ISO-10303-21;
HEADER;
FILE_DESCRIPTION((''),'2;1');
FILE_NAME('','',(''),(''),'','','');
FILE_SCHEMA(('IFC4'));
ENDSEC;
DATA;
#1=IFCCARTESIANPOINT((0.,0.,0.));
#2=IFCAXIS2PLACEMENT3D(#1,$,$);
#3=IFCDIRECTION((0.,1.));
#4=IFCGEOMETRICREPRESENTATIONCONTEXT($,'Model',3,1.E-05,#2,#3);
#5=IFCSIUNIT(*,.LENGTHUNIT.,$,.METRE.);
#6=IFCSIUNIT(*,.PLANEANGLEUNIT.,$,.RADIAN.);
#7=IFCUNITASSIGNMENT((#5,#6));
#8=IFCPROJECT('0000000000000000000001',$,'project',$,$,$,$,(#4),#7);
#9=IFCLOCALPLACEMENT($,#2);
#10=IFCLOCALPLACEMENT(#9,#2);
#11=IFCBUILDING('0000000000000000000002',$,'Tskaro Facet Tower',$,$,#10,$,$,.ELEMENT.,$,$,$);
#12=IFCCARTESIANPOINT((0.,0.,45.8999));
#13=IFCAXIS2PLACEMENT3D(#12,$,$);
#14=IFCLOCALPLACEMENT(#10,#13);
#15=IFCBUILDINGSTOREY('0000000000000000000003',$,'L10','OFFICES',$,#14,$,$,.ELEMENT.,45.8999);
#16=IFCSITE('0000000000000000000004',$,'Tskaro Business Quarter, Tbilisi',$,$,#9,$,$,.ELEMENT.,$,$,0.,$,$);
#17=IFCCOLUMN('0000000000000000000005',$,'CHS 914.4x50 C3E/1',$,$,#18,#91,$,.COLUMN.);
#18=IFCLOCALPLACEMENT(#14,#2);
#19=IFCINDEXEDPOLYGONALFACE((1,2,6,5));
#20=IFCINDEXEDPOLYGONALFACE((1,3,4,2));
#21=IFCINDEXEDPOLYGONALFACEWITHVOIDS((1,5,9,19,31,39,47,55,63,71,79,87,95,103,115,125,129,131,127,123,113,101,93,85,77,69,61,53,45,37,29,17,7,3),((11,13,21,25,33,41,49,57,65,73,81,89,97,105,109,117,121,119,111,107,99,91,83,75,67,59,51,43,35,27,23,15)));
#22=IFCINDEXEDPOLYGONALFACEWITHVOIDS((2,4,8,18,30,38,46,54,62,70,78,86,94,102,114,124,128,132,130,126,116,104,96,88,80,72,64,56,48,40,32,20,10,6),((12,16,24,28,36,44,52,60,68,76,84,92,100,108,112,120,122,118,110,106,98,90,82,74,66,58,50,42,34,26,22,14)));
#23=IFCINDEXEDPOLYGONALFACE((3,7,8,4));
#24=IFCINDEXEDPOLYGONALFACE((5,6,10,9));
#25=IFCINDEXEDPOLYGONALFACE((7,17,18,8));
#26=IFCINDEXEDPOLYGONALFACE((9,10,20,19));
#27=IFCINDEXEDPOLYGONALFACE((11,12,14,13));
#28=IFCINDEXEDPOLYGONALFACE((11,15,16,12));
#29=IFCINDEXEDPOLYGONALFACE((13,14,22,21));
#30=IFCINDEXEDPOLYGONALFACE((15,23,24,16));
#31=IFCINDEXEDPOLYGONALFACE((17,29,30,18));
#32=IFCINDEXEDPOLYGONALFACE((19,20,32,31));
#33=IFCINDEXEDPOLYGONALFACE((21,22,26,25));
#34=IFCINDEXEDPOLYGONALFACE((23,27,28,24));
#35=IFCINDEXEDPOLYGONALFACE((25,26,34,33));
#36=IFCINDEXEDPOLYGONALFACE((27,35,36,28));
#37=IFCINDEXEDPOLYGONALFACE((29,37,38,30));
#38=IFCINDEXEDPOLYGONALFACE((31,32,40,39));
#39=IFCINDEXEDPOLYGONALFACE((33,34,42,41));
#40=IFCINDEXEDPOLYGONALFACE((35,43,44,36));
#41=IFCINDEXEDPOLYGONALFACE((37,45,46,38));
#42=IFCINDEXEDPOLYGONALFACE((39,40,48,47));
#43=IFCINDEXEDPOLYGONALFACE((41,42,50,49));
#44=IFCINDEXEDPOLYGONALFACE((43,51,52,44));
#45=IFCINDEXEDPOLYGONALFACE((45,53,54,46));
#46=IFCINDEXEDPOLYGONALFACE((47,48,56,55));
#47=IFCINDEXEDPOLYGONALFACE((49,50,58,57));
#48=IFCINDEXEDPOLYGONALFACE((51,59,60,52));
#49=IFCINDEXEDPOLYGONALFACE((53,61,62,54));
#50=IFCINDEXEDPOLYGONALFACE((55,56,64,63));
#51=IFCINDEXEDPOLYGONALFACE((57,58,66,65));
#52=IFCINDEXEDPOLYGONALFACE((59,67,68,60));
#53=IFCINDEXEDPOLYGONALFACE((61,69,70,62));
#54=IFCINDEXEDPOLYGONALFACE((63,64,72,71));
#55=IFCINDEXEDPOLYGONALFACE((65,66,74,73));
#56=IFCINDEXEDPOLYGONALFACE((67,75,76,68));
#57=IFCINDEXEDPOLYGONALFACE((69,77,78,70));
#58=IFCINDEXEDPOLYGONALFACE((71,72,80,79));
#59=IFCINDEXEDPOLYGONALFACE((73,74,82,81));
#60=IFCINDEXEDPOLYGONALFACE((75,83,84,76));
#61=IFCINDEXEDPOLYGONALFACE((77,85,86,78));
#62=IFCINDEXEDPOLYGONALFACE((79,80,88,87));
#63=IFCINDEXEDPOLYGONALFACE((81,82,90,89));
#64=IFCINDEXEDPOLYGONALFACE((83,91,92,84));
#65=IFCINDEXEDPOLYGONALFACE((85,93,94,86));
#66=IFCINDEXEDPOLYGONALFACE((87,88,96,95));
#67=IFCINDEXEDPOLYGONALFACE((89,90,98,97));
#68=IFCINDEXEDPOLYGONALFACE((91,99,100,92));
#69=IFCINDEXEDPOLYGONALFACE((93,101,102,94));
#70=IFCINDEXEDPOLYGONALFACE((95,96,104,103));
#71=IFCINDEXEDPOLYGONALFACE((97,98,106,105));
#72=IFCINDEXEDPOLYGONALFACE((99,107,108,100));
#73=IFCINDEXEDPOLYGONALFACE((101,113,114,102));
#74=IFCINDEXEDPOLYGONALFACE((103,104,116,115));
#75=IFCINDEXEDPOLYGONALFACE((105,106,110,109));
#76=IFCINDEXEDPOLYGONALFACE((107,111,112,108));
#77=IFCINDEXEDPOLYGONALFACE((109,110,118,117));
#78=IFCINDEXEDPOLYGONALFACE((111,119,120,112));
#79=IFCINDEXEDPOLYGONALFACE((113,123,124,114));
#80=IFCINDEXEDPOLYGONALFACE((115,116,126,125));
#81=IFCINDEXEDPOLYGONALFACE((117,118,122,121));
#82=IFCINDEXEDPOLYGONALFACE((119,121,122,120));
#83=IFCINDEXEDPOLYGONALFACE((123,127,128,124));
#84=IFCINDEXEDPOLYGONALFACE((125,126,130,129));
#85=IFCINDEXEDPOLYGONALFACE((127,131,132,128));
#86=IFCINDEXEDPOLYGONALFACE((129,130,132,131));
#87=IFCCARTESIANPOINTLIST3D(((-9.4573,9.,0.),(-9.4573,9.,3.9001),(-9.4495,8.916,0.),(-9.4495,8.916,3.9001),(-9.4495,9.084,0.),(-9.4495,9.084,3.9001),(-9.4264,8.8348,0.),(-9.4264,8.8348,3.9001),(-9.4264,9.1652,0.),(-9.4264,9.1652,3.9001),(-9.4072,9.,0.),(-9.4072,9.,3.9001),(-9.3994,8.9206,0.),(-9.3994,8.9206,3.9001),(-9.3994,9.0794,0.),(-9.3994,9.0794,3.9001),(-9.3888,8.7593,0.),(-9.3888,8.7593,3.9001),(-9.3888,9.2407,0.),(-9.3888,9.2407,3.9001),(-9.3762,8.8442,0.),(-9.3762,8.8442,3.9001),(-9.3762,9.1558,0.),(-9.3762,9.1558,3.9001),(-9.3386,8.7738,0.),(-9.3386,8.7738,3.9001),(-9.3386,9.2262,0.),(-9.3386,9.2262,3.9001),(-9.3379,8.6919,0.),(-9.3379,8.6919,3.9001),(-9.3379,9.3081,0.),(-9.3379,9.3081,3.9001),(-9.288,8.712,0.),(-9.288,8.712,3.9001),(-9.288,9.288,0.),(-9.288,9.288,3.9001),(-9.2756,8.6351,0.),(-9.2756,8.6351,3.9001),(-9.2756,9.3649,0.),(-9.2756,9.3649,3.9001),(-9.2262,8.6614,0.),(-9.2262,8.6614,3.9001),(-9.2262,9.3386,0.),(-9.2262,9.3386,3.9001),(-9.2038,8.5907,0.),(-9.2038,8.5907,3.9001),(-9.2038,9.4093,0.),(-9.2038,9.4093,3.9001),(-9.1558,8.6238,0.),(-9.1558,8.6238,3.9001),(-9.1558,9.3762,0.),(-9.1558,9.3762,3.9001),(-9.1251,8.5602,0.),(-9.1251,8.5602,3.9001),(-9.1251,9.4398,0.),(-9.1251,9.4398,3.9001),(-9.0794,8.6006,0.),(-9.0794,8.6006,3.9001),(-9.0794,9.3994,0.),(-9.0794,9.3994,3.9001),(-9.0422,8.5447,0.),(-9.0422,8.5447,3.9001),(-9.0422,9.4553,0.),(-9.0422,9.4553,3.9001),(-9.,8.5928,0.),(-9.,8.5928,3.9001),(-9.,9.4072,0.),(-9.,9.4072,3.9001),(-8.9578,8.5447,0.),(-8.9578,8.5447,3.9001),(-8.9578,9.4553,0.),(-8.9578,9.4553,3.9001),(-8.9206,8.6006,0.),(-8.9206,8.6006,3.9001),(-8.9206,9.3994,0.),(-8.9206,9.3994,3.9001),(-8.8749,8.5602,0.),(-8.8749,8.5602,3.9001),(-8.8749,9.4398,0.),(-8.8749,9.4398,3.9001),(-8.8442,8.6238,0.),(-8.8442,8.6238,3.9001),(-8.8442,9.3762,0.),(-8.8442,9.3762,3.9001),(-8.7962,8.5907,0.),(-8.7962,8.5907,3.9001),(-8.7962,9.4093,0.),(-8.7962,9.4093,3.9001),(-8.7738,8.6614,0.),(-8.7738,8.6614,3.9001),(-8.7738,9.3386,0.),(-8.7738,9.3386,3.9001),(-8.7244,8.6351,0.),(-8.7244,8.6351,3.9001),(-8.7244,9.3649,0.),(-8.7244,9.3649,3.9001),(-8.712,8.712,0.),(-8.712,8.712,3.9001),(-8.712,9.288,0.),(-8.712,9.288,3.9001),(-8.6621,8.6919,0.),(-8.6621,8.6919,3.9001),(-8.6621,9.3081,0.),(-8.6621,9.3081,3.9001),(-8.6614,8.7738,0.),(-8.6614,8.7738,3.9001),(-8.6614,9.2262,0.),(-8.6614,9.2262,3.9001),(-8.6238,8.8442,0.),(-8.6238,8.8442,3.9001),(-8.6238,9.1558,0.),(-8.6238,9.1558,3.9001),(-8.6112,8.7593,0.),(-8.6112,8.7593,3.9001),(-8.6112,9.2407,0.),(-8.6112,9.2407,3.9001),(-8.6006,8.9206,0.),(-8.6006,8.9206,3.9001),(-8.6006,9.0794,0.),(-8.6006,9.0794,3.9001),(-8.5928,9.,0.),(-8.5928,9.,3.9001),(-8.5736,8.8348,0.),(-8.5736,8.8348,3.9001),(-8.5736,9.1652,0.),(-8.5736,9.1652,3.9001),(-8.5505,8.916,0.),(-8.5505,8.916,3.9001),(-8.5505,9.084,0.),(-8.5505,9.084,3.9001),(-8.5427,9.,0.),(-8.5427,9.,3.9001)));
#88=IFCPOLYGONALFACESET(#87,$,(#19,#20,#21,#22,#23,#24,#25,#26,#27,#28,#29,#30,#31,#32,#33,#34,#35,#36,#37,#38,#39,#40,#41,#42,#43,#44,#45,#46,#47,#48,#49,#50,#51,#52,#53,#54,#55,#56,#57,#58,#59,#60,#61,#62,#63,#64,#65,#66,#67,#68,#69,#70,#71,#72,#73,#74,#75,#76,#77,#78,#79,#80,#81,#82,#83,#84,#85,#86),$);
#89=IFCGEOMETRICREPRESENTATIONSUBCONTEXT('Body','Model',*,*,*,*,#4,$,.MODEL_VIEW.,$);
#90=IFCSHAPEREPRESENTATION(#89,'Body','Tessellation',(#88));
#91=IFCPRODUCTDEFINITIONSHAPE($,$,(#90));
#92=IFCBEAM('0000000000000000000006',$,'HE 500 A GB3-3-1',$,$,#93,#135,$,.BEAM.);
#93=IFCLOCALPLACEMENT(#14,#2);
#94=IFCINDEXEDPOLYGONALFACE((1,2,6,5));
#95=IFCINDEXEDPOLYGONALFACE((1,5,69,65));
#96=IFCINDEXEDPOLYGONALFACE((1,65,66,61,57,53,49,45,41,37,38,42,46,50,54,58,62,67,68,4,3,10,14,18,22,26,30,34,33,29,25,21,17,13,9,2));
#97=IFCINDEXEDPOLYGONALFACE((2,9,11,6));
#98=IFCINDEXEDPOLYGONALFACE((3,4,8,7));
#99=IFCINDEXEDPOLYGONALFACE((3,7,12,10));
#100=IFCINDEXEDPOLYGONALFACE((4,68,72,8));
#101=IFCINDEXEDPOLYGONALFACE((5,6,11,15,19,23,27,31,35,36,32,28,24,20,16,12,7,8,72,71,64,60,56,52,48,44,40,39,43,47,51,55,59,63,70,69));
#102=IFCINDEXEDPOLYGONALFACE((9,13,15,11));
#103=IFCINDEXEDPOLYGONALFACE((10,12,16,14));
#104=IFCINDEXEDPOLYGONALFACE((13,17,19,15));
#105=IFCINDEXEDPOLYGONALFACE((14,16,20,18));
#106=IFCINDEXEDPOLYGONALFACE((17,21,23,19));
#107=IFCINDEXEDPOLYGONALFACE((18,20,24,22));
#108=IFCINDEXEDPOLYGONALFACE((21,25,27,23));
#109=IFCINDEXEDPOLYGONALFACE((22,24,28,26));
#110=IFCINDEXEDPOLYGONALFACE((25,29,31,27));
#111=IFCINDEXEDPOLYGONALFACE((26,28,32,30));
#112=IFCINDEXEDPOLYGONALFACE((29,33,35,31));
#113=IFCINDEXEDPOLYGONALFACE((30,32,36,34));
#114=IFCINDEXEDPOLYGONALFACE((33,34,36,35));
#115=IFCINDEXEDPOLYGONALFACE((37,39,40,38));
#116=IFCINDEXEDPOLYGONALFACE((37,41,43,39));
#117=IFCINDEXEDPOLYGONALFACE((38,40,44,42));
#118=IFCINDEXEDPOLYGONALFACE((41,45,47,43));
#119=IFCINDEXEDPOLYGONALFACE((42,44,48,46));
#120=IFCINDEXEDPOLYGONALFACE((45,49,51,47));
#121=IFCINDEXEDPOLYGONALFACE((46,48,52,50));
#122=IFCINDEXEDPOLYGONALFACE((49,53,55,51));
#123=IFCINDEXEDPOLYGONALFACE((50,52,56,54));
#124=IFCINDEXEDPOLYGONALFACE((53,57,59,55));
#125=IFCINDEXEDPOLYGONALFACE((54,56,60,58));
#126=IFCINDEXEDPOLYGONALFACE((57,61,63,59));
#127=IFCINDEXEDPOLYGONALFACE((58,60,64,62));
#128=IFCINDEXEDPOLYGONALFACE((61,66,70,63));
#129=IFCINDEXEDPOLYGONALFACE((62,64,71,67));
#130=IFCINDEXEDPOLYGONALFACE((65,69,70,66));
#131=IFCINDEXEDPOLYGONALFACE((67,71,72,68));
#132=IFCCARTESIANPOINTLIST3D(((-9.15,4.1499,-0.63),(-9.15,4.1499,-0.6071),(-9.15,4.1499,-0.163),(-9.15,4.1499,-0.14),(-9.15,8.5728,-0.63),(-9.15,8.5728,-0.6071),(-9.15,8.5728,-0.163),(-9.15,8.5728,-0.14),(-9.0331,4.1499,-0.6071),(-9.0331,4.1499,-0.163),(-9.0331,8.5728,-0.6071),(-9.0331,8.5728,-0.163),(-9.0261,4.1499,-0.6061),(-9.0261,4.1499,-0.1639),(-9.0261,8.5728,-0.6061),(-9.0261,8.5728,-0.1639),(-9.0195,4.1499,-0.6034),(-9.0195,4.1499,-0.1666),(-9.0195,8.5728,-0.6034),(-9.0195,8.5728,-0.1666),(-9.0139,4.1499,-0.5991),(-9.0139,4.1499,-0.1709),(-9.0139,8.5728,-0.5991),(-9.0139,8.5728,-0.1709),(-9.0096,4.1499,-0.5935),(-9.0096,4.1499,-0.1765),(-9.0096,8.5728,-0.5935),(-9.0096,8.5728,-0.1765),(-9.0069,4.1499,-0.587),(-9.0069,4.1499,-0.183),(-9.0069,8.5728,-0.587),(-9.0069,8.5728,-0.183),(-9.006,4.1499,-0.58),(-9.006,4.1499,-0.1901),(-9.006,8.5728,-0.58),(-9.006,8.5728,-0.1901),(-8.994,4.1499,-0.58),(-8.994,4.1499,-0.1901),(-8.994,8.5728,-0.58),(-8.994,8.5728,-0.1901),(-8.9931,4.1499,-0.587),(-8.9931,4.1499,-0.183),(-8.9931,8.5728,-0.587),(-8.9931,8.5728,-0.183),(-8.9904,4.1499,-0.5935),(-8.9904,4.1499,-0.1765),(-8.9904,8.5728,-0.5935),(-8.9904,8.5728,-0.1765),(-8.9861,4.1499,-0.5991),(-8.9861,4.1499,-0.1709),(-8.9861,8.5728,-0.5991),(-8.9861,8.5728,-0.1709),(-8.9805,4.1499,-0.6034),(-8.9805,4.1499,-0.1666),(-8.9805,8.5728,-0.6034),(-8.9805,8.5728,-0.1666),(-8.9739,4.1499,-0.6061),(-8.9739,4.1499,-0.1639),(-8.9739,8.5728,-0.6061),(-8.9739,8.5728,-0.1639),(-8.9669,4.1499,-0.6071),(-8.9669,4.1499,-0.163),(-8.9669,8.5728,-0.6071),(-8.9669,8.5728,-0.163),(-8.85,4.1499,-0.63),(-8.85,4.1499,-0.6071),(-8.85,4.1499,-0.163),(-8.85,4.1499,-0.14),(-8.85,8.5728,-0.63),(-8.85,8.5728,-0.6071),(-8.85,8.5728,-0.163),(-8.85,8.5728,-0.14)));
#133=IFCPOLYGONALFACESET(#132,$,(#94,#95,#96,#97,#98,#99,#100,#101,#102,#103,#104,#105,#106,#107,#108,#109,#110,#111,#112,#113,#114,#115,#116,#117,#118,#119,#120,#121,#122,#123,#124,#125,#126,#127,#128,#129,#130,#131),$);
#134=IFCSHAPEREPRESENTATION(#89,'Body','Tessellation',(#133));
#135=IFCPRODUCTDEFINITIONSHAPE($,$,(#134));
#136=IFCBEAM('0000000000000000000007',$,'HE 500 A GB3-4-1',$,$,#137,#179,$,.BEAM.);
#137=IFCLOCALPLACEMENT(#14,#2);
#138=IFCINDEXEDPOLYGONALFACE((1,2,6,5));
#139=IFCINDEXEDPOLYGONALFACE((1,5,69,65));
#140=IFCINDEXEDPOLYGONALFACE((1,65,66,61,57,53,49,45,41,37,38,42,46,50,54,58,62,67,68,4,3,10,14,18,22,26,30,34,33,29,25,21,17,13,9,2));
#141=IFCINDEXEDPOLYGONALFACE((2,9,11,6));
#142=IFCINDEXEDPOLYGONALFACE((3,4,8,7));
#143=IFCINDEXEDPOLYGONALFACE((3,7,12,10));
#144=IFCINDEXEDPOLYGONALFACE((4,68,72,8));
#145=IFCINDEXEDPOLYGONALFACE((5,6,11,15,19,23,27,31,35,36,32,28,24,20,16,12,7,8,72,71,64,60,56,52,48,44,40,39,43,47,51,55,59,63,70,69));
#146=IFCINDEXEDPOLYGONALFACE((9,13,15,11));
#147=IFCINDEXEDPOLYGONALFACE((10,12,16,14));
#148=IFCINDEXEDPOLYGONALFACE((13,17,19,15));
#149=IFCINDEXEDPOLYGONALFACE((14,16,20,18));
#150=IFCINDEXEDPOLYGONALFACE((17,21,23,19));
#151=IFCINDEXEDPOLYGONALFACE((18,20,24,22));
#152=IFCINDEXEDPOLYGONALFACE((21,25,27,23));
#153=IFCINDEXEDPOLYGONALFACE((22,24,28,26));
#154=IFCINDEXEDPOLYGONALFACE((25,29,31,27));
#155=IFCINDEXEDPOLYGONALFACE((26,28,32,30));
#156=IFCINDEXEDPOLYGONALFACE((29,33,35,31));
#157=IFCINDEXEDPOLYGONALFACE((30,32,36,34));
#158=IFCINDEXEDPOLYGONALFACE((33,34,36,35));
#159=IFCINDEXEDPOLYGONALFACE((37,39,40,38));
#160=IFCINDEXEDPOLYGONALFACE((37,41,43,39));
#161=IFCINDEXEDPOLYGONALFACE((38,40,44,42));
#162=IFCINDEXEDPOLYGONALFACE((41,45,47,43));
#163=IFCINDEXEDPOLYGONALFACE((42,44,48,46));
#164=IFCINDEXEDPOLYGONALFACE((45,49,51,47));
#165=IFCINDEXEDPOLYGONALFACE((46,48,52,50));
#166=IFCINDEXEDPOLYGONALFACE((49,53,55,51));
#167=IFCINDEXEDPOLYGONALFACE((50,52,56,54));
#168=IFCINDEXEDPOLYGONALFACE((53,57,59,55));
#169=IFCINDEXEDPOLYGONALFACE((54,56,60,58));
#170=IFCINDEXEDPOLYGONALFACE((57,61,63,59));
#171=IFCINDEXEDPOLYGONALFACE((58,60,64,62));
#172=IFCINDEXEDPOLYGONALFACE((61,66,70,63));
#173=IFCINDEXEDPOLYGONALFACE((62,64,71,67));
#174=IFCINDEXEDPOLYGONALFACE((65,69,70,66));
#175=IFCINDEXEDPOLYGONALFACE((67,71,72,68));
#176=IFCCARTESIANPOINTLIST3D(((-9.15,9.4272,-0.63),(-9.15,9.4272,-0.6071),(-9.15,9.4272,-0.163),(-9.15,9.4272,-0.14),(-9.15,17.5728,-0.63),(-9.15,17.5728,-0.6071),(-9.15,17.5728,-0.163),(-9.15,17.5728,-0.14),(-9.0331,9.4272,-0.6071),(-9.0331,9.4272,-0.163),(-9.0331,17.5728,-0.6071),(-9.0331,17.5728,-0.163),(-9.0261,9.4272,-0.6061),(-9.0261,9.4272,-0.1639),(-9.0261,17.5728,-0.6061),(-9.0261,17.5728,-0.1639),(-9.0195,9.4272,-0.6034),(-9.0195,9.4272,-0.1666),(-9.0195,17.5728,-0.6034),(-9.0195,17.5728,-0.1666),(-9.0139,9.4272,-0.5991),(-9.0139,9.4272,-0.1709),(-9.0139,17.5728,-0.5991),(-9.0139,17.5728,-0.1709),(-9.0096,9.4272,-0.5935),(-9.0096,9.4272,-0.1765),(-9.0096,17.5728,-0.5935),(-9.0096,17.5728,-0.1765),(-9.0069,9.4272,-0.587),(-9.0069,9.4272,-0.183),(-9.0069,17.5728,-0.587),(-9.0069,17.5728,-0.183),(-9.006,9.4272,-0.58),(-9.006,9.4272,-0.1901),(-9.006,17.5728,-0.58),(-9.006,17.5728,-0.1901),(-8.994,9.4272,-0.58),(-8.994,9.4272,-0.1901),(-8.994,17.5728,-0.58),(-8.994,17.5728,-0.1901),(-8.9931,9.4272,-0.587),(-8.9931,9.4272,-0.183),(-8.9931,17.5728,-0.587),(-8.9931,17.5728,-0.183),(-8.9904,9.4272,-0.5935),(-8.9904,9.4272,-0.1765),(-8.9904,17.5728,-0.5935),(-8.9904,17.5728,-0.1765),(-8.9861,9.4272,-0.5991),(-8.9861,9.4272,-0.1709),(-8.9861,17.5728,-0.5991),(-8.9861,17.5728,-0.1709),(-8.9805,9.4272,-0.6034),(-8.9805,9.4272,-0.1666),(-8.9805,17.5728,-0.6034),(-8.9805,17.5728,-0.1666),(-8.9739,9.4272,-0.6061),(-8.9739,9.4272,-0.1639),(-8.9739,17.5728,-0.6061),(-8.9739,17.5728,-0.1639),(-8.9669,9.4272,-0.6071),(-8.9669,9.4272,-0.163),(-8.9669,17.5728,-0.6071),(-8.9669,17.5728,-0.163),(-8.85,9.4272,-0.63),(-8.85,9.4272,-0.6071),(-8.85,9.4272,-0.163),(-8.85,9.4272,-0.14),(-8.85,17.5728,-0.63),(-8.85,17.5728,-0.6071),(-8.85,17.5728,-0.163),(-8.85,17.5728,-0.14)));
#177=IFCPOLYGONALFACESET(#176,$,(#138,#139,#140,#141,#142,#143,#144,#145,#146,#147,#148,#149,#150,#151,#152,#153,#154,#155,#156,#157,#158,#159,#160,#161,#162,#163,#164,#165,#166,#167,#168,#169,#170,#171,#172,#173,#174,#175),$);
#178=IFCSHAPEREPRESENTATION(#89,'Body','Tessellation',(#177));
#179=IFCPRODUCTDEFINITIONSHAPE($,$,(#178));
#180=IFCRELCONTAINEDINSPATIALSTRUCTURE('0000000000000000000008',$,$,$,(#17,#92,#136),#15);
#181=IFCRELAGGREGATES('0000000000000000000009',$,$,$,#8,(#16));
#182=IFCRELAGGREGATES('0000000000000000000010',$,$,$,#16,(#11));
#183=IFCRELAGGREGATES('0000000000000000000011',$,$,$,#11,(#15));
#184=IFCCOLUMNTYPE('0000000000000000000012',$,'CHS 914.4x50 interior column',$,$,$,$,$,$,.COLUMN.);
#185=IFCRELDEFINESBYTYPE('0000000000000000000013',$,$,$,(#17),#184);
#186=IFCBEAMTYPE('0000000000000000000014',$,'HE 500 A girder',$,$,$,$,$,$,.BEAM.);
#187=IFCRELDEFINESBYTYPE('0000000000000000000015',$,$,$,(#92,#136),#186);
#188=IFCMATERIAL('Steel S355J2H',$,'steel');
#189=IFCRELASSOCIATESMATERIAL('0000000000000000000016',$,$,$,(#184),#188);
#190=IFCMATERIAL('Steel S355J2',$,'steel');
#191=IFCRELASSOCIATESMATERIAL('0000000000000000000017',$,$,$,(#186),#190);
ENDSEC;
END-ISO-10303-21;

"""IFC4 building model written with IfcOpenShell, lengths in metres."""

from ifc_helpers import new_model, si_unit, direction, frame, origin, origin_2d, place, context, subcontext, project, spatial, hollow_circle, i_section, extrude, material, material_profile, profile_set, type_object, element, save


model = new_model("IFC4")

# Units and contexts
model_context = context("Model", 3, precision=1e-05, world=origin(), true_north=direction((0.0, 1.0)))
body_context = subcontext(model_context, "Body", "Model", "MODEL_VIEW")
ifc_project = project(units=[si_unit("LENGTHUNIT", "METRE"), si_unit("PLANEANGLEUNIT", "RADIAN")], contexts=[model_context])

# Site, building, storey
site_placement = place(None, origin())
site = spatial("IfcSite", under=ifc_project, at=site_placement, Name="Tskaro Business Quarter, Tbilisi", CompositionType="ELEMENT", RefElevation=0.0)
building_placement = place(site_placement, origin())
building = spatial("IfcBuilding", under=site, at=building_placement, Name="Tskaro Facet Tower", CompositionType="ELEMENT")
storey_placement = place(building_placement, frame((0.0, 0.0, 45.8999)))
storey = spatial("IfcBuildingStorey", under=building, at=storey_placement, Name="L10", Description="OFFICES", CompositionType="ELEMENT", Elevation=45.8999)

# Column
ifc_material_1 = material(Name="Steel S355J2H", Category="steel")
ifc_material_profile_1 = material_profile(ifc_material_1, hollow_circle(Radius=0.4573, WallThickness=0.05, at=origin_2d()), Name="CHS 914.4x50")
ifc_profile_set_1 = profile_set([ifc_material_profile_1], Name="Steel S355J2H")
column_type = type_object("IfcColumnType", Name="CHS 914.4x50 interior column", PredefinedType="COLUMN", material=ifc_profile_set_1)
column_placement = place(storey_placement, frame((-9.0, 9.0, 0.0), z_axis=(0.0, 0.0, 1.0), x_axis=(1.0, 0.0, 0.0)))
element("IfcColumn", 1, at=column_placement, inside=storey, type_object=column_type, Name="CHS 914.4x50 C3E/1", PredefinedType="COLUMN", context=body_context, shape_type="SweptSolid", body=[
    extrude(hollow_circle(Radius=0.4573, WallThickness=0.05, at=origin_2d()), origin(), (0.0, 0.0, 1.0), 3.9001),
])

# Beams
ifc_material_2 = material(Name="Steel S355J2", Category="steel")
ifc_material_profile_2 = material_profile(ifc_material_2, i_section(OverallWidth=0.3, OverallDepth=0.49, WebThickness=0.012, FlangeThickness=0.0229, FilletRadius=0.0271, at=origin_2d()), Name="HE 500 A")
ifc_profile_set_2 = profile_set([ifc_material_profile_2], Name="Steel S355J2")
beam_type_1 = type_object("IfcBeamType", Name="HE 500 A girder", PredefinedType="BEAM", material=ifc_profile_set_2)
beam_1_placement = place(storey_placement, frame((-9.0, 4.1499, -0.385), z_axis=(0.0, 1.0, 0.0), x_axis=(-1.0, 0.0, 0.0)))
element("IfcBeam", 2, at=beam_1_placement, inside=storey, type_object=beam_type_1, Name="HE 500 A GB3-3-1", PredefinedType="BEAM", context=body_context, shape_type="SweptSolid", body=[
    extrude(i_section(OverallWidth=0.3, OverallDepth=0.49, WebThickness=0.012, FlangeThickness=0.0229, FilletRadius=0.0271, at=origin_2d()), origin(), (0.0, 0.0, 1.0), 4.4229),
])
beam_2_placement = place(storey_placement, frame((-9.0, 9.4272, -0.385), z_axis=(0.0, 1.0, 0.0), x_axis=(-1.0, 0.0, 0.0)))
element("IfcBeam", 3, at=beam_2_placement, inside=storey, type_object=beam_type_1, Name="HE 500 A GB3-4-1", PredefinedType="BEAM", context=body_context, shape_type="SweptSolid", body=[
    extrude(i_section(OverallWidth=0.3, OverallDepth=0.49, WebThickness=0.012, FlangeThickness=0.0229, FilletRadius=0.0271, at=origin_2d()), origin(), (0.0, 0.0, 1.0), 8.1455),
])

save(model, "model.ifc")
